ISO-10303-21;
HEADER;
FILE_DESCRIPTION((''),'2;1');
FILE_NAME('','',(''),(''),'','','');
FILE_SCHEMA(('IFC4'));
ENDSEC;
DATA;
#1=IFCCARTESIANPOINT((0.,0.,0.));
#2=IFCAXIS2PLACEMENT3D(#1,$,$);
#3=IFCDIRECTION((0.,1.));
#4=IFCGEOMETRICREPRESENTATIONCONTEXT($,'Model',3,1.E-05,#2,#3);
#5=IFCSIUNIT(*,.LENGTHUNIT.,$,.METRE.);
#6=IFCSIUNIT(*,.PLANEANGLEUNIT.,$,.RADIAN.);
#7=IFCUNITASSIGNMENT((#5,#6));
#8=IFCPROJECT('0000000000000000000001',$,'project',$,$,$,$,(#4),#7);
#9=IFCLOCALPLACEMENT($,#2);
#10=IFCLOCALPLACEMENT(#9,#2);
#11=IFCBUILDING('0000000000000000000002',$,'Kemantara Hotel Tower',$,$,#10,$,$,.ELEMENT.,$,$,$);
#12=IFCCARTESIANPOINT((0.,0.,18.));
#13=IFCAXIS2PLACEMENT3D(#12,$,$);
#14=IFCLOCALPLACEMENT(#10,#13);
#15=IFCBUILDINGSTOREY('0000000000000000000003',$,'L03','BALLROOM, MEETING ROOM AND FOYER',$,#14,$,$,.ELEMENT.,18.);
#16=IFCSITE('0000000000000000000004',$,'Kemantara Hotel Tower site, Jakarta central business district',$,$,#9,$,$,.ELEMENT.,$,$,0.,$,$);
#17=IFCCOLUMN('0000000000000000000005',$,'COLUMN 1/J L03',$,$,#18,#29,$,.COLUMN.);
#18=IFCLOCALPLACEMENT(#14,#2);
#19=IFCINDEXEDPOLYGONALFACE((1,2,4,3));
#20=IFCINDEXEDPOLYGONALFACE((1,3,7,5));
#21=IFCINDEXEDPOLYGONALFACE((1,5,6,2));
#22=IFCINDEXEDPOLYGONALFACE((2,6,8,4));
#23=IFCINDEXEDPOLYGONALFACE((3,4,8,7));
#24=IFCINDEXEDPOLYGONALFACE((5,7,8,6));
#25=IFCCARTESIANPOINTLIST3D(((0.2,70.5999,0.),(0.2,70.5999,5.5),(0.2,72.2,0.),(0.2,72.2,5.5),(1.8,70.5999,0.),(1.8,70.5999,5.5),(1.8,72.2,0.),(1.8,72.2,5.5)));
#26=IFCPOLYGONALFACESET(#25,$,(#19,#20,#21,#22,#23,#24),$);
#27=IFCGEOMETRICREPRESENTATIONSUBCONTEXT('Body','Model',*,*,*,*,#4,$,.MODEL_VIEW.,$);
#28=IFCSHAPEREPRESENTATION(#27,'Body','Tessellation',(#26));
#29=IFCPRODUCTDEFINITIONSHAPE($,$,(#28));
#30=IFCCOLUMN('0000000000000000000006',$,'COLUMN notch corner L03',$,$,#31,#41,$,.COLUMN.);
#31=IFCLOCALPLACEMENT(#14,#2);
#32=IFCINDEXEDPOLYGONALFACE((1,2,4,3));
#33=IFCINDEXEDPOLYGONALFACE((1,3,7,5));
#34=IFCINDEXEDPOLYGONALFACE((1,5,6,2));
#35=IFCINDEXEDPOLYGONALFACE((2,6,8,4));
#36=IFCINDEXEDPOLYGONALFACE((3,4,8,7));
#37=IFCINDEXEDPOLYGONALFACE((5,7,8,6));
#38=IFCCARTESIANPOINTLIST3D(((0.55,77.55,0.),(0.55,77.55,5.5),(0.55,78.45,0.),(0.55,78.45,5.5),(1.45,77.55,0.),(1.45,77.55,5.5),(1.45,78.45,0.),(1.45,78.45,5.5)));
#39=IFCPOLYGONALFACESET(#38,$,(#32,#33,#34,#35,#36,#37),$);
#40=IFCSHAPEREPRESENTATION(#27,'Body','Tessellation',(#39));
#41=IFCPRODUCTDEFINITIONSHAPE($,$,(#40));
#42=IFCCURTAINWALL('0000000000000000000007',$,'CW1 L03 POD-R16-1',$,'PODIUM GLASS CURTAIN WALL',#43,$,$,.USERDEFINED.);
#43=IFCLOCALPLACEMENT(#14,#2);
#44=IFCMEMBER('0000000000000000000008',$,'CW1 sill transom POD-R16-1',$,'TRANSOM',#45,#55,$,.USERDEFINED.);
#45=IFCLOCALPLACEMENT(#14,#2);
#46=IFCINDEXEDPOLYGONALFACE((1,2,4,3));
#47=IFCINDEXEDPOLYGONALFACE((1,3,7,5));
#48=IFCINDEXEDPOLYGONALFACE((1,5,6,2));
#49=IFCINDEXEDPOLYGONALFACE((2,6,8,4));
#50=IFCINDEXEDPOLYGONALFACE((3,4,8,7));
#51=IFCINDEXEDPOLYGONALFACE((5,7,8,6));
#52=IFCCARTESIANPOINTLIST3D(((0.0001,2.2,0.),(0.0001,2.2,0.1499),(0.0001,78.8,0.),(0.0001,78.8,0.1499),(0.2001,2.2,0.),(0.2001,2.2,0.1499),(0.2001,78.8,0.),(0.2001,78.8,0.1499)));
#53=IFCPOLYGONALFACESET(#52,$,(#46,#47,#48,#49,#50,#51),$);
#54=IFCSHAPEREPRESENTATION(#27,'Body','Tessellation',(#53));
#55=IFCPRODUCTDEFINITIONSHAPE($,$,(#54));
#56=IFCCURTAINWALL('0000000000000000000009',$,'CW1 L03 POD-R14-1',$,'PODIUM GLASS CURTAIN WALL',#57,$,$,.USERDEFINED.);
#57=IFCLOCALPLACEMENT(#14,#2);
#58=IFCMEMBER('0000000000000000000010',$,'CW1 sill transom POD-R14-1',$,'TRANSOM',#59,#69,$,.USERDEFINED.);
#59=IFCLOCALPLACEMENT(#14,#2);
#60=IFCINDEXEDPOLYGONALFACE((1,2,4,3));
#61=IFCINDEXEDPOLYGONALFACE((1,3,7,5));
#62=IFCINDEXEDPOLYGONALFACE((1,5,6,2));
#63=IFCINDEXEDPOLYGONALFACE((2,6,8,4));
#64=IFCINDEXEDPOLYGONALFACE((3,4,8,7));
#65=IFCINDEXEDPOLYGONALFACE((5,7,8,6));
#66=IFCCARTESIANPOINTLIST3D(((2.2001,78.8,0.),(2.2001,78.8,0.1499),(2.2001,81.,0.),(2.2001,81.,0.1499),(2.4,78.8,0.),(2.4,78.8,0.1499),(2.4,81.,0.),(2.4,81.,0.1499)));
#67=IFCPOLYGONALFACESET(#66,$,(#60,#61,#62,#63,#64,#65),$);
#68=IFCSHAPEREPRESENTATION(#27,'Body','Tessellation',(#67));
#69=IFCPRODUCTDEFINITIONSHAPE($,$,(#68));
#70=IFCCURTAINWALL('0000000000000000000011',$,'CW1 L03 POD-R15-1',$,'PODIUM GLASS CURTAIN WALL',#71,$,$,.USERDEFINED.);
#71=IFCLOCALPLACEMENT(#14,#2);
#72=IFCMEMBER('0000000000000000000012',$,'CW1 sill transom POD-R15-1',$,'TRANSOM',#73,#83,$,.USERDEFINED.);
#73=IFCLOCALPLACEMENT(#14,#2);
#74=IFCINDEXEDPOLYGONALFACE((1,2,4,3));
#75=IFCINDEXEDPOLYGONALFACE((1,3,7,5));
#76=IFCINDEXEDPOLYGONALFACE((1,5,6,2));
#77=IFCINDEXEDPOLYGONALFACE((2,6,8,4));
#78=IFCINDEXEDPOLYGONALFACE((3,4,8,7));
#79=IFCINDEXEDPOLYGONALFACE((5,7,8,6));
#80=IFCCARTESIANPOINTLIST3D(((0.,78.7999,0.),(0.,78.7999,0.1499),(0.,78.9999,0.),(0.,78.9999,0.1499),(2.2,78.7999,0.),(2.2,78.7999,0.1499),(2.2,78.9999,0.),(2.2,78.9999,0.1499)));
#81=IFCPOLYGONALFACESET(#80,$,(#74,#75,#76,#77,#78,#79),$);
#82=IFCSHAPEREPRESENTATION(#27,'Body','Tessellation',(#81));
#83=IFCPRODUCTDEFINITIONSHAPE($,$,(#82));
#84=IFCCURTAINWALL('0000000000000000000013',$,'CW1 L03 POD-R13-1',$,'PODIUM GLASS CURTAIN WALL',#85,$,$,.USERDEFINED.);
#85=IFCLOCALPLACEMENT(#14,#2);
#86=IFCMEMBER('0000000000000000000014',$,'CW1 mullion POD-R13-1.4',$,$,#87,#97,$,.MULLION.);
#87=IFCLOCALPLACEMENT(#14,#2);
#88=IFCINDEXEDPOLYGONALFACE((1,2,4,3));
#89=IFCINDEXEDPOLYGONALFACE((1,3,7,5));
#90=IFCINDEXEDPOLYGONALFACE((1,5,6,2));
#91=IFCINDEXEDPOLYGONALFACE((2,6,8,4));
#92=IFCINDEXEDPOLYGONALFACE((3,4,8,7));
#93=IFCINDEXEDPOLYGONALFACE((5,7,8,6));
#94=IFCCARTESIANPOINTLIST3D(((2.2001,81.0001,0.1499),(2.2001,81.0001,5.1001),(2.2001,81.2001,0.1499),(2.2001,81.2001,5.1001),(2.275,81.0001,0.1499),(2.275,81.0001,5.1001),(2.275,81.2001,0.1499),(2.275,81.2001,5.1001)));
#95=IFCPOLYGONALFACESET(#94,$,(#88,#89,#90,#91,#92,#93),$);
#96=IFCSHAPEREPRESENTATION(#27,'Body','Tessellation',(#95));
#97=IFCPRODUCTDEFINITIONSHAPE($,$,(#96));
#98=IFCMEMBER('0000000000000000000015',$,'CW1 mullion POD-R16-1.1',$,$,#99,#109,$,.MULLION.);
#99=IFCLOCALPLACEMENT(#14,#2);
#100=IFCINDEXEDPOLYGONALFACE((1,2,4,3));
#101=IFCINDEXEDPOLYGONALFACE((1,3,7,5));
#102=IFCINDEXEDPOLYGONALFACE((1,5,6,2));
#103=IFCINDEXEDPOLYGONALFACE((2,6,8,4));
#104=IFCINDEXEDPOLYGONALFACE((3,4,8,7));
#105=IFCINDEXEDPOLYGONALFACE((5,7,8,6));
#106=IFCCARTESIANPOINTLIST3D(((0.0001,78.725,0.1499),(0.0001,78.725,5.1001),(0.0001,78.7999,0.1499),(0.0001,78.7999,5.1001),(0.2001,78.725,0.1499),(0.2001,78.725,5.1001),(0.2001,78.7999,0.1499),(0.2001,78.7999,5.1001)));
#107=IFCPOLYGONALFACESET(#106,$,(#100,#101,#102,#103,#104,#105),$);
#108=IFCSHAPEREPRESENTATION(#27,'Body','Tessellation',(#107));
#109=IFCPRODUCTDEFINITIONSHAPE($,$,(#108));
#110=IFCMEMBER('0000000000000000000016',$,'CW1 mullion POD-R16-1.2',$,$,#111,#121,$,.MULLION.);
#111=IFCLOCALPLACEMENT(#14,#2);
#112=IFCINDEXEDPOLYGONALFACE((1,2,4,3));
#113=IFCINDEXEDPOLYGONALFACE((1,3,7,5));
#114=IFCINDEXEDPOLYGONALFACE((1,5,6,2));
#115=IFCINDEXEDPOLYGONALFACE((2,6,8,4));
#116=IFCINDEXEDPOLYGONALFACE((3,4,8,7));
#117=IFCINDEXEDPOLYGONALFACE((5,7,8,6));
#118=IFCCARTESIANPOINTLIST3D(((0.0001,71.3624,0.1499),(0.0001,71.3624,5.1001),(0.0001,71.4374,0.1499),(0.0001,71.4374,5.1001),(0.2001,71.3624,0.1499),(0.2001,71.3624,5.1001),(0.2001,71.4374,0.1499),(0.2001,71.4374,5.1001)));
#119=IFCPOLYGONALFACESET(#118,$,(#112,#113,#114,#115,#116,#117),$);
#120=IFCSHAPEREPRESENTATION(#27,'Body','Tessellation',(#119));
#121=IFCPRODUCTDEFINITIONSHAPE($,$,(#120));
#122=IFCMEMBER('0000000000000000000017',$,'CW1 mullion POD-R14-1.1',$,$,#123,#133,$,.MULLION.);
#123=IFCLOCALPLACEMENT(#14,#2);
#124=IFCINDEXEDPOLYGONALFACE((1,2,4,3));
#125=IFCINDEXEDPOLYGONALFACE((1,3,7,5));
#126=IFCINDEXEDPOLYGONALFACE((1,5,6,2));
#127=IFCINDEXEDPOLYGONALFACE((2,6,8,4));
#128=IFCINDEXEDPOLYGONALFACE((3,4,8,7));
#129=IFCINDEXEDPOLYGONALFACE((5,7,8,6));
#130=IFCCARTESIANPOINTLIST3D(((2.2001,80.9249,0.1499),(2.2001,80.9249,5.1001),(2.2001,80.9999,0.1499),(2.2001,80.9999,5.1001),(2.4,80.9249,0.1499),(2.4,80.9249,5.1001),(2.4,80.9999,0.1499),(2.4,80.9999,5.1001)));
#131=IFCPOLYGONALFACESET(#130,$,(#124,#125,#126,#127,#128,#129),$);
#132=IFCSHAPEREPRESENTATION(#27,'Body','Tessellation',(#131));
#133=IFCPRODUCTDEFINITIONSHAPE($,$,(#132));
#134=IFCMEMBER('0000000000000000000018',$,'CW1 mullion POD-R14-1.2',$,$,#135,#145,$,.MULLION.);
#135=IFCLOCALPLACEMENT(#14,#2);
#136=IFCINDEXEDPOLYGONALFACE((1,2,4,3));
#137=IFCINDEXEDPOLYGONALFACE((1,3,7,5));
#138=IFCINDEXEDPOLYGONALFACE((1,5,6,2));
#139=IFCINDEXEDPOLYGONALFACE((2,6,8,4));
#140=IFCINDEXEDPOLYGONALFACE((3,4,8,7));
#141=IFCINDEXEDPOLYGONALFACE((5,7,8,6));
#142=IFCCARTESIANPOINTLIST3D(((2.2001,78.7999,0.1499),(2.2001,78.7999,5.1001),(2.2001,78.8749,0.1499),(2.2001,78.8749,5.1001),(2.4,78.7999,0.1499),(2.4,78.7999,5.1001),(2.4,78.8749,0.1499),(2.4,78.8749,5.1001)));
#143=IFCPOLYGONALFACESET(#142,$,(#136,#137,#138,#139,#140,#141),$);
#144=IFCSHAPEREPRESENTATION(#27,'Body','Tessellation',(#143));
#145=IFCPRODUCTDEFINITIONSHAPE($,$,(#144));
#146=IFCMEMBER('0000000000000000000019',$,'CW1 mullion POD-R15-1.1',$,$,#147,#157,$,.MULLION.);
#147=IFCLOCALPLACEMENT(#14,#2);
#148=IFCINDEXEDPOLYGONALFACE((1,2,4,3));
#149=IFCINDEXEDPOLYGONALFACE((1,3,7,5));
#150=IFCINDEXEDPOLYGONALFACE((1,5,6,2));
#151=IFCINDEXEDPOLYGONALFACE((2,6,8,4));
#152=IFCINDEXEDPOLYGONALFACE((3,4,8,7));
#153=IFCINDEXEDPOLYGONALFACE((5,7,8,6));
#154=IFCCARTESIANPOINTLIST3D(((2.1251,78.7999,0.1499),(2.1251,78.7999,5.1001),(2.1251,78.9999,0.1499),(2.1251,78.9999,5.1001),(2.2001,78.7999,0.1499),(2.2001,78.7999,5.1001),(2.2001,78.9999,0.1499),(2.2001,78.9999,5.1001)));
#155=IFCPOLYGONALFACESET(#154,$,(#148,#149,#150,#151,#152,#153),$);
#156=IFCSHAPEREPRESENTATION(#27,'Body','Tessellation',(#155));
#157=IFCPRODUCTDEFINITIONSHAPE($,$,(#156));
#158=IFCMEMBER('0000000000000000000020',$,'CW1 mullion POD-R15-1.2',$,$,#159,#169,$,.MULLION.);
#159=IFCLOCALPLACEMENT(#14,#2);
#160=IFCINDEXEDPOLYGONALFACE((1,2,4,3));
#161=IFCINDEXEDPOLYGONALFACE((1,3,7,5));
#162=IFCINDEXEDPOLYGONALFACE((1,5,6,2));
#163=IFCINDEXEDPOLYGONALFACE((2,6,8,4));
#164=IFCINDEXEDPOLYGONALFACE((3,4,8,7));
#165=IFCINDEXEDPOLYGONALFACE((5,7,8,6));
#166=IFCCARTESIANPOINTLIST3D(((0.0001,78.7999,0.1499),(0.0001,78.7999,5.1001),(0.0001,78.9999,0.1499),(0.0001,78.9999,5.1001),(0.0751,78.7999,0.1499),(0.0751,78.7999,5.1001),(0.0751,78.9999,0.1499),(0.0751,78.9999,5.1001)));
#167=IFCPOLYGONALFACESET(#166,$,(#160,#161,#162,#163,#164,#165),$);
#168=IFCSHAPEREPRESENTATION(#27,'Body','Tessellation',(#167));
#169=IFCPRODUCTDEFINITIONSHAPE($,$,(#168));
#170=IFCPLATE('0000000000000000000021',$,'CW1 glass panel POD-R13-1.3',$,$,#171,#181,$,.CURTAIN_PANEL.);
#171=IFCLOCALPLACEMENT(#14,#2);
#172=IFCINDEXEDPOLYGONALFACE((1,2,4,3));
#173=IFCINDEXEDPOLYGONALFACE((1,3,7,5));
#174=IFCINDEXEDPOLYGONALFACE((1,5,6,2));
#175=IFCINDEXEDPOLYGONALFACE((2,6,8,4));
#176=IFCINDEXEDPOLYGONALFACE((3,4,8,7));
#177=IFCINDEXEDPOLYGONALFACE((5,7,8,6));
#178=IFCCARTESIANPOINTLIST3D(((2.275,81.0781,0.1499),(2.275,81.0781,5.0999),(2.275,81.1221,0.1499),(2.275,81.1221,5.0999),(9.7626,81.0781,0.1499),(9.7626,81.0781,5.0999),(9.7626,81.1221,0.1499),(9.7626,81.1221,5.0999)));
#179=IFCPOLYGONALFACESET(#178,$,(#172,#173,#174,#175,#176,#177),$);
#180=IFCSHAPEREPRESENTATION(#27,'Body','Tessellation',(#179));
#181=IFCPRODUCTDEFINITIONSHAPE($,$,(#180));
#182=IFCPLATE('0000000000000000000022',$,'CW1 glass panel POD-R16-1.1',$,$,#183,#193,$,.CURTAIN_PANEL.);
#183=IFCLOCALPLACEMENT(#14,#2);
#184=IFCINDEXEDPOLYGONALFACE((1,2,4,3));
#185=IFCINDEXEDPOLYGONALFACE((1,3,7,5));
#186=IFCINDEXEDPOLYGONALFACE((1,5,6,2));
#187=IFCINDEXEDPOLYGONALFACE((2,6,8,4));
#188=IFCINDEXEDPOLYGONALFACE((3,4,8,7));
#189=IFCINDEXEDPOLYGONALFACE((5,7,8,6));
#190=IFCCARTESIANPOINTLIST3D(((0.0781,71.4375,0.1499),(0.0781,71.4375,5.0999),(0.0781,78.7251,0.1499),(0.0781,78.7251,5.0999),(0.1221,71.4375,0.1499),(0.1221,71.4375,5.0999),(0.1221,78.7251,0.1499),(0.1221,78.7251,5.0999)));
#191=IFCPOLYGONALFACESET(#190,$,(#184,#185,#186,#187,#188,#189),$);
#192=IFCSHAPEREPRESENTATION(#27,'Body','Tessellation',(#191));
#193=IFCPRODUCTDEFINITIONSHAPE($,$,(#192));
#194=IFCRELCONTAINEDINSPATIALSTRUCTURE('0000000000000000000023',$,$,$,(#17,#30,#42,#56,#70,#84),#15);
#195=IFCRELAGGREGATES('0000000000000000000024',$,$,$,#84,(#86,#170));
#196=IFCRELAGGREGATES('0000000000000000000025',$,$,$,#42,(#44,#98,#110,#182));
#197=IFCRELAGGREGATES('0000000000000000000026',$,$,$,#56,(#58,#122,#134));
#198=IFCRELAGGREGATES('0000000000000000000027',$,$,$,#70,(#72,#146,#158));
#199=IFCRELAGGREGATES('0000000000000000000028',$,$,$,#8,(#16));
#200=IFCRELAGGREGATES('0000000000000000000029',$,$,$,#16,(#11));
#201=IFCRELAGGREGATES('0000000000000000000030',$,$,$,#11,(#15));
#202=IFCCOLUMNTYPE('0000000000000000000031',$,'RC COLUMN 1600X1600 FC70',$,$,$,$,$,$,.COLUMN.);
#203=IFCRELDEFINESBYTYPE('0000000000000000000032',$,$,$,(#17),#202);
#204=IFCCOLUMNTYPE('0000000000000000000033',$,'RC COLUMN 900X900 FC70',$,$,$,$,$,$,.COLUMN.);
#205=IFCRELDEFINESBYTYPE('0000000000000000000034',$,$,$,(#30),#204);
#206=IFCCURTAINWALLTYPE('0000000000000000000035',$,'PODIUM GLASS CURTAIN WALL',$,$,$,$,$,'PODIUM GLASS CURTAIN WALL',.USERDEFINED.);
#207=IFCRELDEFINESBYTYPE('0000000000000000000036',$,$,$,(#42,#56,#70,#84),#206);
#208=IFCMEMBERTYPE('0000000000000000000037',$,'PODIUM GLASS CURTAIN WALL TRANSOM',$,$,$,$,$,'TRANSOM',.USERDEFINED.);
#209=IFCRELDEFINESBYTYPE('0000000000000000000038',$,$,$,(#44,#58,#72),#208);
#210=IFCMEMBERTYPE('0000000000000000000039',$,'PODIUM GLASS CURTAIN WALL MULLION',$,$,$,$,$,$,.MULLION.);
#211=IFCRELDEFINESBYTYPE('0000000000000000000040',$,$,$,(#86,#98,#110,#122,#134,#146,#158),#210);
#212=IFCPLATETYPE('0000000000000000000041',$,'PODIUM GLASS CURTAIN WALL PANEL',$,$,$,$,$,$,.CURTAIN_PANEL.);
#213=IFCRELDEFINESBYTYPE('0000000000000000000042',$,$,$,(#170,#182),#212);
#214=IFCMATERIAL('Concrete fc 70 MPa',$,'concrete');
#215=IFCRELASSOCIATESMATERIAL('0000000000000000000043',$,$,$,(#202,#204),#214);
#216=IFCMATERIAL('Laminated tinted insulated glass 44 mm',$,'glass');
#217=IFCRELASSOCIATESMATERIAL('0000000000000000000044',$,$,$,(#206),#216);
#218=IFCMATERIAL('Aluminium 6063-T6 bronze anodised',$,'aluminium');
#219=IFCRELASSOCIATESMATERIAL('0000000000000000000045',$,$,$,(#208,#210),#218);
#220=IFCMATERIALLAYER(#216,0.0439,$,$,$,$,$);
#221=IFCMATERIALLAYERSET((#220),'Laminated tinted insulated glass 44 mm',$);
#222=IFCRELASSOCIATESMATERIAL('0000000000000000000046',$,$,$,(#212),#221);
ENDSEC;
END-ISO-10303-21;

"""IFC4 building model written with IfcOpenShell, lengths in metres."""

from ifc_helpers import new_model, si_unit, direction, frame, origin, origin_2d, place, context, subcontext, project, spatial, rectangle, extrude, source, transform, mapped, material, layer, layer_set, material_profile, profile_set, type_object, element, aggregate, save


model = new_model("IFC4")

# Units and contexts
model_context = context("Model", 3, precision=1e-05, world=origin(), true_north=direction((0.0, 1.0)))
body_context = subcontext(model_context, "Body", "Model", "MODEL_VIEW")
ifc_project = project(units=[si_unit("LENGTHUNIT", "METRE"), si_unit("PLANEANGLEUNIT", "RADIAN")], contexts=[model_context])

# Site, building, storey
site_placement = place(None, origin())
site = spatial("IfcSite", under=ifc_project, at=site_placement, Name="Kemantara Hotel Tower site, Jakarta central business district", CompositionType="ELEMENT", RefElevation=0.0)
building_placement = place(site_placement, origin())
building = spatial("IfcBuilding", under=site, at=building_placement, Name="Kemantara Hotel Tower", CompositionType="ELEMENT")
storey_placement = place(building_placement, frame((0.0, 0.0, 18.0)))
storey = spatial("IfcBuildingStorey", under=building, at=storey_placement, Name="L03", Description="BALLROOM, MEETING ROOM AND FOYER", CompositionType="ELEMENT", Elevation=18.0)

# Columns
ifc_material_1 = material(Name="Concrete fc 70 MPa", Category="concrete")
ifc_material_profile_1 = material_profile(ifc_material_1, rectangle(XDim=1.6001, YDim=1.6001, at=origin_2d()), Name="RC 1600X1600")
ifc_profile_set_1 = profile_set([ifc_material_profile_1], Name="Concrete fc 70 MPa")
column_type_1 = type_object("IfcColumnType", Name="RC COLUMN 1600X1600 FC70", PredefinedType="COLUMN", material=ifc_profile_set_1)
column_1_placement = place(storey_placement, frame((1.0, 71.3999, 0.0), z_axis=(0.0, 0.0, 1.0), x_axis=(1.0, 0.0, 0.0)))
element("IfcColumn", 1, at=column_1_placement, inside=storey, type_object=column_type_1, Name="COLUMN 1/J L03", PredefinedType="COLUMN", context=body_context, shape_type="SweptSolid", body=[
    extrude(rectangle(XDim=1.6001, YDim=1.6001, at=origin_2d()), origin(), (0.0, 0.0, 1.0), 5.5),
])
ifc_material_profile_2 = material_profile(ifc_material_1, rectangle(XDim=0.8999, YDim=0.8999, at=origin_2d()), Name="RC 900X900")
ifc_profile_set_2 = profile_set([ifc_material_profile_2], Name="Concrete fc 70 MPa")
column_type_2 = type_object("IfcColumnType", Name="RC COLUMN 900X900 FC70", PredefinedType="COLUMN", material=ifc_profile_set_2)
column_2_placement = place(storey_placement, frame((1.0, 78.0, 0.0), z_axis=(0.0, 0.0, 1.0), x_axis=(1.0, 0.0, 0.0)))
element("IfcColumn", 2, at=column_2_placement, inside=storey, type_object=column_type_2, Name="COLUMN notch corner L03", PredefinedType="COLUMN", context=body_context, shape_type="SweptSolid", body=[
    extrude(rectangle(XDim=0.8999, YDim=0.8999, at=origin_2d()), origin(), (0.0, 0.0, 1.0), 5.5),
])

# Curtain walls, members
ifc_material_2 = material(Name="Laminated tinted insulated glass 44 mm", Category="glass")
curtain_wall_type = type_object("IfcCurtainWallType", Name="PODIUM GLASS CURTAIN WALL", ElementType="PODIUM GLASS CURTAIN WALL", PredefinedType="USERDEFINED", material=ifc_material_2)
curtain_wall_1_placement = place(storey_placement, origin())
curtain_wall_1 = element("IfcCurtainWall", 3, at=curtain_wall_1_placement, inside=storey, type_object=curtain_wall_type, Name="CW1 L03 POD-R16-1", ObjectType="PODIUM GLASS CURTAIN WALL", PredefinedType="USERDEFINED")
ifc_material_3 = material(Name="Aluminium 6063-T6 bronze anodised", Category="aluminium")
ifc_material_profile_3 = material_profile(ifc_material_3, rectangle(XDim=0.2, YDim=0.1499, at=origin_2d()), Name="PODIUM GLASS CURTAIN WALL TRANSOM")
ifc_profile_set_3 = profile_set([ifc_material_profile_3], Name="Aluminium 6063-T6 bronze anodised")
member_type_1 = type_object("IfcMemberType", Name="PODIUM GLASS CURTAIN WALL TRANSOM", ElementType="TRANSOM", PredefinedType="USERDEFINED", material=ifc_profile_set_3)
member_1_placement = place(storey_placement, frame((0.1001, 78.8, 0.075), z_axis=(0.0, -1.0, 0.0), x_axis=(1.0, 0.0, 0.0)))
member_1 = element("IfcMember", 4, at=member_1_placement, type_object=member_type_1, Name="CW1 sill transom POD-R16-1", ObjectType="TRANSOM", PredefinedType="USERDEFINED", context=body_context, shape_type="SweptSolid", body=[
    extrude(rectangle(XDim=0.2, YDim=0.1499, at=origin_2d()), origin(), (0.0, 0.0, 1.0), 76.6001),
])
curtain_wall_2_placement = place(storey_placement, origin())
curtain_wall_2 = element("IfcCurtainWall", 5, at=curtain_wall_2_placement, inside=storey, type_object=curtain_wall_type, Name="CW1 L03 POD-R14-1", ObjectType="PODIUM GLASS CURTAIN WALL", PredefinedType="USERDEFINED")
member_2_placement = place(storey_placement, frame((2.3, 81.0, 0.075), z_axis=(0.0, -1.0, 0.0), x_axis=(1.0, 0.0, 0.0)))
member_2 = element("IfcMember", 6, at=member_2_placement, type_object=member_type_1, Name="CW1 sill transom POD-R14-1", ObjectType="TRANSOM", PredefinedType="USERDEFINED", context=body_context, shape_type="SweptSolid", body=[
    extrude(rectangle(XDim=0.2, YDim=0.1499, at=origin_2d()), origin(), (0.0, 0.0, 1.0), 2.2),
])
curtain_wall_3_placement = place(storey_placement, origin())
curtain_wall_3 = element("IfcCurtainWall", 7, at=curtain_wall_3_placement, inside=storey, type_object=curtain_wall_type, Name="CW1 L03 POD-R15-1", ObjectType="PODIUM GLASS CURTAIN WALL", PredefinedType="USERDEFINED")
member_3_placement = place(storey_placement, frame((2.2, 78.8999, 0.075), z_axis=(-1.0, 0.0, 0.0), x_axis=(0.0, -1.0, 0.0)))
member_3 = element("IfcMember", 8, at=member_3_placement, type_object=member_type_1, Name="CW1 sill transom POD-R15-1", ObjectType="TRANSOM", PredefinedType="USERDEFINED", context=body_context, shape_type="SweptSolid", body=[
    extrude(rectangle(XDim=0.2, YDim=0.1499, at=origin_2d()), origin(), (0.0, 0.0, 1.0), 2.2),
])
curtain_wall_4_placement = place(storey_placement, origin())
curtain_wall_4 = element("IfcCurtainWall", 9, at=curtain_wall_4_placement, inside=storey, type_object=curtain_wall_type, Name="CW1 L03 POD-R13-1", ObjectType="PODIUM GLASS CURTAIN WALL", PredefinedType="USERDEFINED")
ifc_material_profile_4 = material_profile(ifc_material_3, rectangle(XDim=0.2, YDim=0.075, at=origin_2d()), Name="PODIUM GLASS CURTAIN WALL MULLION")
ifc_profile_set_4 = profile_set([ifc_material_profile_4], Name="Aluminium 6063-T6 bronze anodised")
member_type_2 = type_object("IfcMemberType", Name="PODIUM GLASS CURTAIN WALL MULLION", PredefinedType="MULLION", material=ifc_profile_set_4)
shared_shape_1 = source(origin(), body_context, "Body", "SweptSolid", [
    extrude(rectangle(XDim=0.2, YDim=0.075, at=origin_2d()), origin(), (0.0, 0.0, 1.0), 4.9502),
])
member_4_placement = place(storey_placement, frame((2.2375, 81.1001, 0.1499), z_axis=(0.0, 0.0, 1.0), x_axis=(0.0, -1.0, 0.0)))
member_4 = element("IfcMember", 10, at=member_4_placement, type_object=member_type_2, Name="CW1 mullion POD-R13-1.4", PredefinedType="MULLION", context=body_context, shape_type="MappedRepresentation", body=[
    mapped(shared_shape_1, transform((0.0, 0.0, 0.0))),
])

# Members
member_5_placement = place(storey_placement, frame((0.1001, 78.7625, 0.1499), z_axis=(0.0, 0.0, 1.0), x_axis=(1.0, 0.0, 0.0)))
member_5 = element("IfcMember", 11, at=member_5_placement, type_object=member_type_2, Name="CW1 mullion POD-R16-1.1", PredefinedType="MULLION", context=body_context, shape_type="MappedRepresentation", body=[
    mapped(shared_shape_1, transform((0.0, 0.0, 0.0))),
])
member_6_placement = place(storey_placement, frame((0.1001, 71.3999, 0.1499), z_axis=(0.0, 0.0, 1.0), x_axis=(1.0, 0.0, 0.0)))
member_6 = element("IfcMember", 12, at=member_6_placement, type_object=member_type_2, Name="CW1 mullion POD-R16-1.2", PredefinedType="MULLION", context=body_context, shape_type="MappedRepresentation", body=[
    mapped(shared_shape_1, transform((0.0, 0.0, 0.0))),
])
member_7_placement = place(storey_placement, frame((2.3, 80.9624, 0.1499), z_axis=(0.0, 0.0, 1.0), x_axis=(1.0, 0.0, 0.0)))
member_7 = element("IfcMember", 13, at=member_7_placement, type_object=member_type_2, Name="CW1 mullion POD-R14-1.1", PredefinedType="MULLION", context=body_context, shape_type="MappedRepresentation", body=[
    mapped(shared_shape_1, transform((0.0, 0.0, 0.0))),
])
member_8_placement = place(storey_placement, frame((2.3, 78.8374, 0.1499), z_axis=(0.0, 0.0, 1.0), x_axis=(1.0, 0.0, 0.0)))
member_8 = element("IfcMember", 14, at=member_8_placement, type_object=member_type_2, Name="CW1 mullion POD-R14-1.2", PredefinedType="MULLION", context=body_context, shape_type="MappedRepresentation", body=[
    mapped(shared_shape_1, transform((0.0, 0.0, 0.0))),
])
member_9_placement = place(storey_placement, frame((2.1626, 78.8999, 0.1499), z_axis=(0.0, 0.0, 1.0), x_axis=(0.0, -1.0, 0.0)))
member_9 = element("IfcMember", 15, at=member_9_placement, type_object=member_type_2, Name="CW1 mullion POD-R15-1.1", PredefinedType="MULLION", context=body_context, shape_type="MappedRepresentation", body=[
    mapped(shared_shape_1, transform((0.0, 0.0, 0.0))),
])
member_10_placement = place(storey_placement, frame((0.0376, 78.8999, 0.1499), z_axis=(0.0, 0.0, 1.0), x_axis=(0.0, -1.0, 0.0)))
member_10 = element("IfcMember", 16, at=member_10_placement, type_object=member_type_2, Name="CW1 mullion POD-R15-1.2", PredefinedType="MULLION", context=body_context, shape_type="MappedRepresentation", body=[
    mapped(shared_shape_1, transform((0.0, 0.0, 0.0))),
])

# Plates
ifc_layer_1 = layer(ifc_material_2, 0.0439)
ifc_layer_set_1 = layer_set([ifc_layer_1], Name="Laminated tinted insulated glass 44 mm")
plate_type = type_object("IfcPlateType", Name="PODIUM GLASS CURTAIN WALL PANEL", PredefinedType="CURTAIN_PANEL", material=ifc_layer_set_1)
shared_shape_2 = source(origin(), body_context, "Body", "SweptSolid", [
    extrude(rectangle(XDim=7.4875, YDim=0.0439, at=origin_2d()), origin(), (0.0, 0.0, 1.0), 4.95),
])
plate_1_placement = place(storey_placement, frame((6.0188, 81.1001, 0.1499), z_axis=(0.0, 0.0, 1.0), x_axis=(-1.0, 0.0, 0.0)))
plate_1 = element("IfcPlate", 17, at=plate_1_placement, type_object=plate_type, Name="CW1 glass panel POD-R13-1.3", PredefinedType="CURTAIN_PANEL", context=body_context, shape_type="MappedRepresentation", body=[
    mapped(shared_shape_2, transform((0.0, 0.0, 0.0))),
])
aggregate(curtain_wall_4, [member_4, plate_1])
shared_shape_3 = source(origin(), body_context, "Body", "SweptSolid", [
    extrude(rectangle(XDim=7.2876, YDim=0.0439, at=origin_2d()), origin(), (0.0, 0.0, 1.0), 4.95),
])
plate_2_placement = place(storey_placement, frame((0.1001, 75.0813, 0.1499), z_axis=(0.0, 0.0, 1.0), x_axis=(0.0, -1.0, 0.0)))
plate_2 = element("IfcPlate", 18, at=plate_2_placement, type_object=plate_type, Name="CW1 glass panel POD-R16-1.1", PredefinedType="CURTAIN_PANEL", context=body_context, shape_type="MappedRepresentation", body=[
    mapped(shared_shape_3, transform((0.0, 0.0, 0.0))),
])
aggregate(curtain_wall_1, [member_1, member_5, member_6, plate_2])
aggregate(curtain_wall_2, [member_2, member_7, member_8])
aggregate(curtain_wall_3, [member_3, member_9, member_10])

save(model, "model.ifc")
